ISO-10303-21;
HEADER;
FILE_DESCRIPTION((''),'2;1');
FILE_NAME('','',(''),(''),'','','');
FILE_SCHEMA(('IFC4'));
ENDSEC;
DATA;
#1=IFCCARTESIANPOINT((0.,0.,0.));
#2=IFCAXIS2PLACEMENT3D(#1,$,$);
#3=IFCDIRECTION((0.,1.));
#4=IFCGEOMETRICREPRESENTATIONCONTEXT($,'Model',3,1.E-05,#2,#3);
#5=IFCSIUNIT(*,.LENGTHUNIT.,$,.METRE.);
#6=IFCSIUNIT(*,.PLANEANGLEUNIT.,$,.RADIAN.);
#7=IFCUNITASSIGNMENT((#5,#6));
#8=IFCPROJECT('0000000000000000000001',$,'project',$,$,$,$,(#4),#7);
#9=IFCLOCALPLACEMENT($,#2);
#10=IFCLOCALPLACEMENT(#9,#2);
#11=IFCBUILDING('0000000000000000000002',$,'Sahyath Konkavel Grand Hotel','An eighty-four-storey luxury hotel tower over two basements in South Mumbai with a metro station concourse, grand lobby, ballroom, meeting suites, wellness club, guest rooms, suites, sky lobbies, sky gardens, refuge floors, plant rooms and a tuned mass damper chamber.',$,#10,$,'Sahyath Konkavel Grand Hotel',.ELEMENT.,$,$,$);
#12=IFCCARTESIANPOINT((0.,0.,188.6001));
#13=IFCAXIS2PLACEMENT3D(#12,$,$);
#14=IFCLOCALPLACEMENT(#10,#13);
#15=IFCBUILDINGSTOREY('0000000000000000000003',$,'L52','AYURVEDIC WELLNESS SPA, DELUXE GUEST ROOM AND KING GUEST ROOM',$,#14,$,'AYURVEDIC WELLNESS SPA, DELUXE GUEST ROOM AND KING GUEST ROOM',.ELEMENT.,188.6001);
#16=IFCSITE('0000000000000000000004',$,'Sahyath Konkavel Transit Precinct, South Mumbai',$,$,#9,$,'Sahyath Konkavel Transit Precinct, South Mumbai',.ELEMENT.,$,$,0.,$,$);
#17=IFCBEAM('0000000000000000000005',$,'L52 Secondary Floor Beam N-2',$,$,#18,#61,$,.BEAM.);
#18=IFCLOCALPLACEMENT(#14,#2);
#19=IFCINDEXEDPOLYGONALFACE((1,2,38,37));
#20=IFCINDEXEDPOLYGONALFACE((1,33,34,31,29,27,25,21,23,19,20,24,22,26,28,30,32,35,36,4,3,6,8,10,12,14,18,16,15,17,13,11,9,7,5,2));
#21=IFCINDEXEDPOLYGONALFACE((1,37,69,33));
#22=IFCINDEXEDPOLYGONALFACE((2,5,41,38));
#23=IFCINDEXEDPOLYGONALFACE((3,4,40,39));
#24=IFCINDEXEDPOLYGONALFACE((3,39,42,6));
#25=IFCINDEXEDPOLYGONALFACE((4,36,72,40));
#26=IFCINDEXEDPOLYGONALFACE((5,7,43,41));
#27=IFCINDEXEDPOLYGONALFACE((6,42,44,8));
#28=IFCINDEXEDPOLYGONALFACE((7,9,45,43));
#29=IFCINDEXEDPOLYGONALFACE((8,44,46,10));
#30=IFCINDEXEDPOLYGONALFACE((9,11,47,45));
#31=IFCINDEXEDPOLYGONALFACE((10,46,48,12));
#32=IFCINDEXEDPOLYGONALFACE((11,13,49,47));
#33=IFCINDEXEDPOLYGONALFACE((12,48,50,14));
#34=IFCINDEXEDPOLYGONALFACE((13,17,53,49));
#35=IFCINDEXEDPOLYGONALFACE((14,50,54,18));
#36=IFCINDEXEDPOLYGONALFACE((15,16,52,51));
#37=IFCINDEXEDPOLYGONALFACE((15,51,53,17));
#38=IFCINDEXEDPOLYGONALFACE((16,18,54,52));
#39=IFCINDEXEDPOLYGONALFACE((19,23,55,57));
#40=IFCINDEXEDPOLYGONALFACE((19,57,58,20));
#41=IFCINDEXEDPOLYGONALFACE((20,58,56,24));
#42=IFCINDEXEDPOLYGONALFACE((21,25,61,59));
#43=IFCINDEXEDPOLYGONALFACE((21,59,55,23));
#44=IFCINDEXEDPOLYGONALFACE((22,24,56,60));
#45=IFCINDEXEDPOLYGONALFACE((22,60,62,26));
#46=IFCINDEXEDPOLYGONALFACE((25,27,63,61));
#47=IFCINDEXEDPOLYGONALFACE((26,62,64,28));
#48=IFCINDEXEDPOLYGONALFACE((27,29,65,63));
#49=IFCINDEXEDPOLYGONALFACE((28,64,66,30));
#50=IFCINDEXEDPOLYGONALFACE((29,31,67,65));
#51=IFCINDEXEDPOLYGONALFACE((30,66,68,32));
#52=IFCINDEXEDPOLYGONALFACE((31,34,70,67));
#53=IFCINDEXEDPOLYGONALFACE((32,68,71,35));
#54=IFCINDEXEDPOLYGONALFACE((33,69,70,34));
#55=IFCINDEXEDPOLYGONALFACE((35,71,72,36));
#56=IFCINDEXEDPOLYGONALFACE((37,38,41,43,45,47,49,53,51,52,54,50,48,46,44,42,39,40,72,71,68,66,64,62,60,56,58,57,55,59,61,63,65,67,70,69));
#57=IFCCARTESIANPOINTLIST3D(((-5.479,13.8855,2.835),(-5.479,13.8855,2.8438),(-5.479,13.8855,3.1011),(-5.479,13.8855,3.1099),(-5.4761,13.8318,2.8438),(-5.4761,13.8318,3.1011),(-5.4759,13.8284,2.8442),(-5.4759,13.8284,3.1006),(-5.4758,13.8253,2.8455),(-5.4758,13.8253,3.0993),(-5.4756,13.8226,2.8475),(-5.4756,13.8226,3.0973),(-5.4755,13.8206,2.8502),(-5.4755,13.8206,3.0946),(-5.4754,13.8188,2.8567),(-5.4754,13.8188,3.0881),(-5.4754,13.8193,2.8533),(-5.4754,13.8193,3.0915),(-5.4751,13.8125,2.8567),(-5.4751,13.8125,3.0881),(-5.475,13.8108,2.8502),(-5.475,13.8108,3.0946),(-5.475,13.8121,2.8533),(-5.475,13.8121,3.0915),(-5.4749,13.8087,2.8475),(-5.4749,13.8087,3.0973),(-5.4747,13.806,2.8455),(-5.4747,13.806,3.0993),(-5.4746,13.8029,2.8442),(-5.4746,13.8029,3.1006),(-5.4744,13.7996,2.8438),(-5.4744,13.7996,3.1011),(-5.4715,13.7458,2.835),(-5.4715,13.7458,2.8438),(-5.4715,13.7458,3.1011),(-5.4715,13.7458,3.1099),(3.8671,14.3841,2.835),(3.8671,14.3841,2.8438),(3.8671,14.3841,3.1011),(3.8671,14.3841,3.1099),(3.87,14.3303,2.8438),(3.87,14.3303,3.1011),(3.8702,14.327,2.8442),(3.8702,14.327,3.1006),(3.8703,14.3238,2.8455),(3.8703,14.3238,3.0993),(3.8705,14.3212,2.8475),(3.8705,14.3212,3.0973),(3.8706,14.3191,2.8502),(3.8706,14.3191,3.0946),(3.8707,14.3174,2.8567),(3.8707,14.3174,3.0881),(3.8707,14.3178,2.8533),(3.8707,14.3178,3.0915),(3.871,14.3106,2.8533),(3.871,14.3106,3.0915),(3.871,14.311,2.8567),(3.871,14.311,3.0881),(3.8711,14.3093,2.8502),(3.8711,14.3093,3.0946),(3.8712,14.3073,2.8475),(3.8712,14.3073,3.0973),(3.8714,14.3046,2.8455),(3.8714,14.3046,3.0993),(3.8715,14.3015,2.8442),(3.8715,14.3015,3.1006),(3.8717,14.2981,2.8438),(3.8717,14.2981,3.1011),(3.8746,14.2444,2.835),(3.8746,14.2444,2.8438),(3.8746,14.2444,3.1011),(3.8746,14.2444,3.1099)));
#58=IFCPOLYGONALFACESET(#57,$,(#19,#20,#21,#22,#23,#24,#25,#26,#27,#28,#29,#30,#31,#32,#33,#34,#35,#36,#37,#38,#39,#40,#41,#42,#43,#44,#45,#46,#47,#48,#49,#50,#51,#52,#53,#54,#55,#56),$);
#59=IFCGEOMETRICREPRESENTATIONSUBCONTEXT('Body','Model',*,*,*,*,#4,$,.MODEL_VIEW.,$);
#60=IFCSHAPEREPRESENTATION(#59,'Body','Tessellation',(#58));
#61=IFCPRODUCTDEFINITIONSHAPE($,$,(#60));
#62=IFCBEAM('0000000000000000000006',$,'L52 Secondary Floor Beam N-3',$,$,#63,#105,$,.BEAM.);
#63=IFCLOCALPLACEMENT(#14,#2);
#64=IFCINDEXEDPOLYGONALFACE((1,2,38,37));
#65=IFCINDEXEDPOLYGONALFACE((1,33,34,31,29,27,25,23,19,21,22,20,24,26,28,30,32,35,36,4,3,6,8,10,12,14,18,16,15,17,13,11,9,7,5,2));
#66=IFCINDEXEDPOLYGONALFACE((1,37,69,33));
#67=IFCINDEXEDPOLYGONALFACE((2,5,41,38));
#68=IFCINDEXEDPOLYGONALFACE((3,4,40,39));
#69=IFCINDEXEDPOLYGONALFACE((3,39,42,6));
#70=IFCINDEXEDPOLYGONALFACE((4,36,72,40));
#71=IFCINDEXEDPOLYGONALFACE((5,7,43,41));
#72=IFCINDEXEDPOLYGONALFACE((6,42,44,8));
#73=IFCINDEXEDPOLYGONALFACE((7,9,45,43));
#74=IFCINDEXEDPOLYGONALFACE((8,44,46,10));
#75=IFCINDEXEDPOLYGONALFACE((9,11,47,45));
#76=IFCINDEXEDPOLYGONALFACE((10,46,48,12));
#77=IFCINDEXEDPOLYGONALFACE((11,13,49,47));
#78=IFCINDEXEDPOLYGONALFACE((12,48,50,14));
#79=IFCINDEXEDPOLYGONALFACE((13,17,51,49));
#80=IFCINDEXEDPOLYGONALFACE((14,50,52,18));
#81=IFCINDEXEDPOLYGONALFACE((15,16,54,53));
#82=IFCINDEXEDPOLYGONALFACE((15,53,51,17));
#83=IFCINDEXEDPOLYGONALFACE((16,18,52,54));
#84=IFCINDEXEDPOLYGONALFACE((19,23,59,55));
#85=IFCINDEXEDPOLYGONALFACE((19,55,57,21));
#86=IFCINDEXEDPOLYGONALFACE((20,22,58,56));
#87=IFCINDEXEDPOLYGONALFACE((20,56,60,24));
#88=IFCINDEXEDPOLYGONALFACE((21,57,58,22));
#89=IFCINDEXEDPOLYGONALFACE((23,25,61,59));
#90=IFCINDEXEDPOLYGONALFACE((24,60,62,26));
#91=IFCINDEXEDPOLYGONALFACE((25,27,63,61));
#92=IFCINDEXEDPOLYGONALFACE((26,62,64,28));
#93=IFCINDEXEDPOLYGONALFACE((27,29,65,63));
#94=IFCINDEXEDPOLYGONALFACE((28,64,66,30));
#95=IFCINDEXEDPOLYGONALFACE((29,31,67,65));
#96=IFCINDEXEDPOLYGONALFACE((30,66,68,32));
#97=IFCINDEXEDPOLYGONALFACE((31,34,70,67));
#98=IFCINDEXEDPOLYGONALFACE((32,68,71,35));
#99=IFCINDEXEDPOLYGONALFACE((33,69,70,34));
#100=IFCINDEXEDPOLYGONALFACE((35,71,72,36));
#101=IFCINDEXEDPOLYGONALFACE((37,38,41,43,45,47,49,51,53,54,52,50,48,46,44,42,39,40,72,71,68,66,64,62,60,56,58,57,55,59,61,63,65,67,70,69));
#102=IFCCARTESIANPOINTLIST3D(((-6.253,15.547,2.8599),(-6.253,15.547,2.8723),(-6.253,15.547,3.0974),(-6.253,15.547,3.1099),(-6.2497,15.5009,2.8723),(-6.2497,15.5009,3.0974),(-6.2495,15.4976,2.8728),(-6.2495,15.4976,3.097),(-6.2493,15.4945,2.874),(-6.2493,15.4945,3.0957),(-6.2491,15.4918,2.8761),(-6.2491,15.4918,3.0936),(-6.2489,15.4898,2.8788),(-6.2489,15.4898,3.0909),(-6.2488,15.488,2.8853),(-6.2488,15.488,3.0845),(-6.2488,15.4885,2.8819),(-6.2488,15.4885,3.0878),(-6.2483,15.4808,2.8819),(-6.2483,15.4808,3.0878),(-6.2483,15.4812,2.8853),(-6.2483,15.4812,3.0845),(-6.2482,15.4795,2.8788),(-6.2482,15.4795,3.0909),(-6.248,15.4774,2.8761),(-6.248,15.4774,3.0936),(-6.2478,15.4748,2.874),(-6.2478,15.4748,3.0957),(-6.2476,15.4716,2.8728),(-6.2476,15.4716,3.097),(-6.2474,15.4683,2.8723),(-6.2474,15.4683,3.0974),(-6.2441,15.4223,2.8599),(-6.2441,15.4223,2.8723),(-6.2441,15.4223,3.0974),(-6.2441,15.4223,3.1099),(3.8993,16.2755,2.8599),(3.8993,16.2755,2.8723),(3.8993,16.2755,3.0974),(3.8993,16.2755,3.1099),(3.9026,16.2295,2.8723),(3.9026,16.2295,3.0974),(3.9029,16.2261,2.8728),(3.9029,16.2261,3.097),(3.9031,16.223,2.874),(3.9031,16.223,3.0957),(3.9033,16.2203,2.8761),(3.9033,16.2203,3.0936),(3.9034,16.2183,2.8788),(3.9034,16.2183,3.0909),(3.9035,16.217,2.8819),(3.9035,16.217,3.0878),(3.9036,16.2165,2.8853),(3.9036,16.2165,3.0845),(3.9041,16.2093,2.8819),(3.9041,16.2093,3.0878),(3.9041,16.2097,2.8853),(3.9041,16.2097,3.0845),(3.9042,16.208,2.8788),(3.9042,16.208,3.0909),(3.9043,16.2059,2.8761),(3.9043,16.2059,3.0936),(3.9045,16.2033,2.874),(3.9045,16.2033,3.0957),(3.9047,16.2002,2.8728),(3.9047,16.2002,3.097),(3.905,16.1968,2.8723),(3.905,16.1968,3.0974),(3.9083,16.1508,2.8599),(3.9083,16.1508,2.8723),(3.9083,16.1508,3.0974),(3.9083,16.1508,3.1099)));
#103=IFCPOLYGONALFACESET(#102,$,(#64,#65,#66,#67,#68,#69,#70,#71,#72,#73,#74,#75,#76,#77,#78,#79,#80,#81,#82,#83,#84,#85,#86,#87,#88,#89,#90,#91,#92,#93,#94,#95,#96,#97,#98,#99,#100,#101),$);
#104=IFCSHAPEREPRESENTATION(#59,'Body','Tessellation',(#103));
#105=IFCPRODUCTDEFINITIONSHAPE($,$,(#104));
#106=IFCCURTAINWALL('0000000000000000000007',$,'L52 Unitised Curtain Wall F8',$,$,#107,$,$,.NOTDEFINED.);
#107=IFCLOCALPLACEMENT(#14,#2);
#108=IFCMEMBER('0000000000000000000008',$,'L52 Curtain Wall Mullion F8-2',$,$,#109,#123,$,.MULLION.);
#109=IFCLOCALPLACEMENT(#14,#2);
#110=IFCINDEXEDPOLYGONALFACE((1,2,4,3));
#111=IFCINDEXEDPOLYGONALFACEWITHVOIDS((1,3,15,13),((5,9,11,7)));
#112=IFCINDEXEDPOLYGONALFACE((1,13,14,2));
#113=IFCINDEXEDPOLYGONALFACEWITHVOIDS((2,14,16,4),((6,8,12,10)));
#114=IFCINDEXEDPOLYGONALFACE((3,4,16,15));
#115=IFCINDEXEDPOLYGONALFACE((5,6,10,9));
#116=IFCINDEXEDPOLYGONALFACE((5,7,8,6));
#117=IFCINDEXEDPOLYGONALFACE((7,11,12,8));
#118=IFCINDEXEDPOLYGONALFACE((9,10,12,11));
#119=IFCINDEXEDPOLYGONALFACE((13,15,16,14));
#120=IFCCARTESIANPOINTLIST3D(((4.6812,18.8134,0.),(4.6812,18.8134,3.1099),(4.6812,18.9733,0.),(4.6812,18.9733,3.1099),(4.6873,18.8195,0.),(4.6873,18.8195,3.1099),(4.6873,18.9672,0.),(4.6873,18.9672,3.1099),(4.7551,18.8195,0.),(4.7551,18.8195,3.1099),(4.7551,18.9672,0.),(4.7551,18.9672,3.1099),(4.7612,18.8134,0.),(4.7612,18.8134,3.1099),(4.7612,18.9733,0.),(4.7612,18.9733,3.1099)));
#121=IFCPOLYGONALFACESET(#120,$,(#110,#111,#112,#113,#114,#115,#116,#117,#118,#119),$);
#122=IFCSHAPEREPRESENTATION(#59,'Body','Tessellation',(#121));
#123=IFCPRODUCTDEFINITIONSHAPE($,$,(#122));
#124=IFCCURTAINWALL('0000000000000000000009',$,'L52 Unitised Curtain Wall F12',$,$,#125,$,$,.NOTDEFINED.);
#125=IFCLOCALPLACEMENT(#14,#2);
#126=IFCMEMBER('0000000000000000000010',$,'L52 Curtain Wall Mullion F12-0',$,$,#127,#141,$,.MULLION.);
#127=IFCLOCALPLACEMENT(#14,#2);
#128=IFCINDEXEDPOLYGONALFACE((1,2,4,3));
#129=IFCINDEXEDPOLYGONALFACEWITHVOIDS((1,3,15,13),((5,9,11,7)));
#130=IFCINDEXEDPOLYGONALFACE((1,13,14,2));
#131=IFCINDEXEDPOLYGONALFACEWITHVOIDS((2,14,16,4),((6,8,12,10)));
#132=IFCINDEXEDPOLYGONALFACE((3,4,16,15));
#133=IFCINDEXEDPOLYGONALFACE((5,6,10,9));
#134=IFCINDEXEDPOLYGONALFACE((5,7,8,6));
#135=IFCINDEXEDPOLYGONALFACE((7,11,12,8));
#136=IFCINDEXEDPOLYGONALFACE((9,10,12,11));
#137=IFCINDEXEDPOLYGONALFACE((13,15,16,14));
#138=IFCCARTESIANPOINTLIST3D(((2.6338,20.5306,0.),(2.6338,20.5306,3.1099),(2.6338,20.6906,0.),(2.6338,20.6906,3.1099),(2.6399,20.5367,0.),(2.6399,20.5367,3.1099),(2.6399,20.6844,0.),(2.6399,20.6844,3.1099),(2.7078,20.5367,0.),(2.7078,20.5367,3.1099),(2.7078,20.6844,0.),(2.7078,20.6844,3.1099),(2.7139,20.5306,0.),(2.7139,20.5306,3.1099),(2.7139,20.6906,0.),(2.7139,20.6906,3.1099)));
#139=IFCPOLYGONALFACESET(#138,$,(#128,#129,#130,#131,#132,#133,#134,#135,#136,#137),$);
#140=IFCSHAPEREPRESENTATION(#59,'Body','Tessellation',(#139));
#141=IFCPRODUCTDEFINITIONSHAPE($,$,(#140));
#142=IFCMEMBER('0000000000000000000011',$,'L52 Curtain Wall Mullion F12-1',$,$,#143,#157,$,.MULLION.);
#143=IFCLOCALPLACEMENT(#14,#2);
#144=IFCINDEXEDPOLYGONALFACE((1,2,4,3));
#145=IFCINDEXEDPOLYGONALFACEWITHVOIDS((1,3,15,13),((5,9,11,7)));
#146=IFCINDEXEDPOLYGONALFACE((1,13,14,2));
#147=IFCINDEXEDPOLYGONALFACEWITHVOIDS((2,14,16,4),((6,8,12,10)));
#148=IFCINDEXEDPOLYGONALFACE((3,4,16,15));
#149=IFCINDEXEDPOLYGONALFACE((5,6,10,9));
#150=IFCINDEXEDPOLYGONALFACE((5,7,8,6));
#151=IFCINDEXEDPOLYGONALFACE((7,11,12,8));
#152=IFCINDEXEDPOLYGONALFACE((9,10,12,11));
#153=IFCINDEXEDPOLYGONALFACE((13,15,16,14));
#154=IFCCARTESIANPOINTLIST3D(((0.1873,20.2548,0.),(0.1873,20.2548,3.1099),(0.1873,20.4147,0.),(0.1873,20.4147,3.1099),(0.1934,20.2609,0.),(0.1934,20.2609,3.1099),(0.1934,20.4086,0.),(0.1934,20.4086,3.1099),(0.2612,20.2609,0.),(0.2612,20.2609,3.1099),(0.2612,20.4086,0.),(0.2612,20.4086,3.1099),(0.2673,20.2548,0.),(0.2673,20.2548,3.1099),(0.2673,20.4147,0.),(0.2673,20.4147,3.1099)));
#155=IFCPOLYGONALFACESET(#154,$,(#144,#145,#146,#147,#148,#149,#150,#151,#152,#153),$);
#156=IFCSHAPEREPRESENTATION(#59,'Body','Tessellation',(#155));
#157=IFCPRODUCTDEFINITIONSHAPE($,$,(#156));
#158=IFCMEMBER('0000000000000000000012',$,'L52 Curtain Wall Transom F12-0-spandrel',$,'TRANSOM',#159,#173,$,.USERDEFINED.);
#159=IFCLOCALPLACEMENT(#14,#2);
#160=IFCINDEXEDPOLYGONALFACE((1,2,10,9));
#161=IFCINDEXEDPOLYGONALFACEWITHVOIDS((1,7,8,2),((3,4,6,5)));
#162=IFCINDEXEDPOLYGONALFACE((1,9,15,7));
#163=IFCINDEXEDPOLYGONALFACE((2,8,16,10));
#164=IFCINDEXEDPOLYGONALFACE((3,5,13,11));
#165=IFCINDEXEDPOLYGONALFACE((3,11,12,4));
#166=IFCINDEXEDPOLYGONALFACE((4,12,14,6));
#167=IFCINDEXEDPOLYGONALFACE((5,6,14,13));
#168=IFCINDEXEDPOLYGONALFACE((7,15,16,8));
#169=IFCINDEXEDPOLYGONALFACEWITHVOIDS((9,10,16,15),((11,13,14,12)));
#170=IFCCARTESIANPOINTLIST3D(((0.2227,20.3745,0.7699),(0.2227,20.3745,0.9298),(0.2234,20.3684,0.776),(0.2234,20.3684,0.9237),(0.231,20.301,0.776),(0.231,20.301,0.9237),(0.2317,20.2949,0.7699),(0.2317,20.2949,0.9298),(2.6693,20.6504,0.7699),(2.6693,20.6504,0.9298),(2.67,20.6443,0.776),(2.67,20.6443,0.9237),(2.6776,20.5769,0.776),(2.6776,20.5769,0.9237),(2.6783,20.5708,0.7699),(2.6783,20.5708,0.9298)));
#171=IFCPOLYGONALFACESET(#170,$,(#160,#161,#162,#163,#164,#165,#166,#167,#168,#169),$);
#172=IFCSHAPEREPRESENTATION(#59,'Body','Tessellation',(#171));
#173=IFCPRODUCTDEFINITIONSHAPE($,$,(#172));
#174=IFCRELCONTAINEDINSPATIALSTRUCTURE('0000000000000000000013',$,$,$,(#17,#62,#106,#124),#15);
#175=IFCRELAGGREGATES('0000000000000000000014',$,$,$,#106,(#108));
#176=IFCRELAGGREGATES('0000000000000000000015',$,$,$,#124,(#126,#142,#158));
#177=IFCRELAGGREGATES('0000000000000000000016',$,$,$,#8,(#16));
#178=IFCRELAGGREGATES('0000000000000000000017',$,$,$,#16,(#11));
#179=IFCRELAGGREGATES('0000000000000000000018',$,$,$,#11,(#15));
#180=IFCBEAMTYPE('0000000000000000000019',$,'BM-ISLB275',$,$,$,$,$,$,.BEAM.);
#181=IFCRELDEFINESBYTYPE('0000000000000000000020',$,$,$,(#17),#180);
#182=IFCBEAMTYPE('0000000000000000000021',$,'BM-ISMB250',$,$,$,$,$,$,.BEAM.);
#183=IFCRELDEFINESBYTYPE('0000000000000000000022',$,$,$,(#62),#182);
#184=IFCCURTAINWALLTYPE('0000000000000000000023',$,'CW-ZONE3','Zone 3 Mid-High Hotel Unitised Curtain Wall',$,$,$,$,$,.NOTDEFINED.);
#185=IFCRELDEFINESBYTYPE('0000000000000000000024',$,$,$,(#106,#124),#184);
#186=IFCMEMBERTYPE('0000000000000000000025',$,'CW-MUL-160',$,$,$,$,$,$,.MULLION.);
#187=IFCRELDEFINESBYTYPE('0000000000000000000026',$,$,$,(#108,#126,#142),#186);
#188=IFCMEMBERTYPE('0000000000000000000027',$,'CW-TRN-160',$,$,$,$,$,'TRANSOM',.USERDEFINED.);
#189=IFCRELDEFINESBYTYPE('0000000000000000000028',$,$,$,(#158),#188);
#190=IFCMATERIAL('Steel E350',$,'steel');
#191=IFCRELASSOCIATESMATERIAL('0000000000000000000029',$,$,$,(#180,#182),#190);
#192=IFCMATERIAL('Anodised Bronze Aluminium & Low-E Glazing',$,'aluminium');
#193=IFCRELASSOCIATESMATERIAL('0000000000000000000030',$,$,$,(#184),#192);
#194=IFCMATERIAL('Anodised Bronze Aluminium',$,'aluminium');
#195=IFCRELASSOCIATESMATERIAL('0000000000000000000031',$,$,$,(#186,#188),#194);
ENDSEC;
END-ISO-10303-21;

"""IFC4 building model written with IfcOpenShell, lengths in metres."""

from ifc_helpers import new_model, si_unit, direction, frame, origin, origin_2d, place, context, subcontext, project, spatial, hollow_rectangle, i_section, extrude, source, transform, mapped, material, material_profile, profile_set, type_object, element, aggregate, save


model = new_model("IFC4")

# Units and contexts
model_context = context("Model", 3, precision=1e-05, world=origin(), true_north=direction((0.0, 1.0)))
body_context = subcontext(model_context, "Body", "Model", "MODEL_VIEW")
ifc_project = project(units=[si_unit("LENGTHUNIT", "METRE"), si_unit("PLANEANGLEUNIT", "RADIAN")], contexts=[model_context])

# Site, building, storey
site_placement = place(None, origin())
site = spatial("IfcSite", under=ifc_project, at=site_placement, Name="Sahyath Konkavel Transit Precinct, South Mumbai", LongName="Sahyath Konkavel Transit Precinct, South Mumbai", CompositionType="ELEMENT", RefElevation=0.0)
building_placement = place(site_placement, origin())
building = spatial("IfcBuilding", under=site, at=building_placement, Name="Sahyath Konkavel Grand Hotel", Description="An eighty-four-storey luxury hotel tower over two basements in South Mumbai with a metro station concourse, grand lobby, ballroom, meeting suites, wellness club, guest rooms, suites, sky lobbies, sky gardens, refuge floors, plant rooms and a tuned mass damper chamber.", LongName="Sahyath Konkavel Grand Hotel", CompositionType="ELEMENT")
storey_placement = place(building_placement, frame((0.0, 0.0, 188.6001)))
storey = spatial("IfcBuildingStorey", under=building, at=storey_placement, Name="L52", Description="AYURVEDIC WELLNESS SPA, DELUXE GUEST ROOM AND KING GUEST ROOM", LongName="AYURVEDIC WELLNESS SPA, DELUXE GUEST ROOM AND KING GUEST ROOM", CompositionType="ELEMENT", Elevation=188.6001)

# Beams
ifc_material_1 = material(Name="Steel E350", Category="steel")
ifc_material_profile_1 = material_profile(ifc_material_1, i_section(OverallWidth=0.1399, OverallDepth=0.2749, WebThickness=0.0063, FlangeThickness=0.0088, FilletRadius=0.0129, at=origin_2d()), Name="ISLB 275")
ifc_profile_set_1 = profile_set([ifc_material_profile_1], Name="Steel E350")
beam_type_1 = type_object("IfcBeamType", Name="BM-ISLB275", PredefinedType="BEAM", material=ifc_profile_set_1)
shared_shape_1 = source(origin(), body_context, "Body", "SweptSolid", [
    extrude(i_section(OverallWidth=0.1399, OverallDepth=0.2749, WebThickness=0.0063, FlangeThickness=0.0088, FilletRadius=0.0129, at=origin_2d()), origin(), (0.0, 0.0, 1.0), 9.3594),
])
beam_1_placement = place(storey_placement, frame((3.8708, 14.3142, 2.9724), z_axis=(-0.99858, -0.053265, 0.0), x_axis=(0.053265, -0.99858, 0.0)))
element("IfcBeam", 1, at=beam_1_placement, inside=storey, type_object=beam_type_1, Name="L52 Secondary Floor Beam N-2", PredefinedType="BEAM", context=body_context, shape_type="MappedRepresentation", body=[
    mapped(shared_shape_1, transform((0.0, 0.0, 0.0), scale=1.0)),
])
ifc_material_profile_2 = material_profile(ifc_material_1, i_section(OverallWidth=0.125, OverallDepth=0.25, WebThickness=0.0068, FlangeThickness=0.0125, FilletRadius=0.0129, at=origin_2d()), Name="ISMB 250")
ifc_profile_set_2 = profile_set([ifc_material_profile_2], Name="Steel E350")
beam_type_2 = type_object("IfcBeamType", Name="BM-ISMB250", PredefinedType="BEAM", material=ifc_profile_set_2)
shared_shape_2 = source(origin(), body_context, "Body", "SweptSolid", [
    extrude(i_section(OverallWidth=0.125, OverallDepth=0.25, WebThickness=0.0068, FlangeThickness=0.0125, FilletRadius=0.0129, at=origin_2d()), origin(), (0.0, 0.0, 1.0), 10.1785),
])
beam_2_placement = place(storey_placement, frame((3.9038, 16.2131, 2.9849), z_axis=(-0.997435, -0.071574, 0.0), x_axis=(0.071574, -0.997435, 0.0)))
element("IfcBeam", 2, at=beam_2_placement, inside=storey, type_object=beam_type_2, Name="L52 Secondary Floor Beam N-3", PredefinedType="BEAM", context=body_context, shape_type="MappedRepresentation", body=[
    mapped(shared_shape_2, transform((0.0, 0.0, 0.0), scale=1.0)),
])

# Curtain wall, member
ifc_material_2 = material(Name="Anodised Bronze Aluminium & Low-E Glazing", Category="aluminium")
curtain_wall_type = type_object("IfcCurtainWallType", Name="CW-ZONE3", Description="Zone 3 Mid-High Hotel Unitised Curtain Wall", PredefinedType="NOTDEFINED", material=ifc_material_2)
curtain_wall_1_placement = place(storey_placement, origin())
curtain_wall_1 = element("IfcCurtainWall", 3, at=curtain_wall_1_placement, inside=storey, type_object=curtain_wall_type, Name="L52 Unitised Curtain Wall F8", PredefinedType="NOTDEFINED")
ifc_material_3 = material(Name="Anodised Bronze Aluminium", Category="aluminium")
ifc_material_profile_3 = material_profile(ifc_material_3, hollow_rectangle(XDim=0.0801, YDim=0.1599, WallThickness=0.0061, at=origin_2d()), Name="RHS 160x80x6")
ifc_profile_set_3 = profile_set([ifc_material_profile_3], Name="Anodised Bronze Aluminium")
member_type_1 = type_object("IfcMemberType", Name="CW-MUL-160", PredefinedType="MULLION", material=ifc_profile_set_3)
shared_shape_3 = source(origin(), body_context, "Body", "SweptSolid", [
    extrude(hollow_rectangle(XDim=0.0801, YDim=0.1599, WallThickness=0.0061, at=origin_2d()), origin(), (0.0, 0.0, 1.0), 3.1099),
])
member_1_placement = place(storey_placement, frame((4.7212, 18.8933, 0.0), z_axis=(0.0, 0.0, 1.0), x_axis=(1.0, 0.0, 0.0)))
member_1 = element("IfcMember", 4, at=member_1_placement, type_object=member_type_1, Name="L52 Curtain Wall Mullion F8-2", PredefinedType="MULLION", context=body_context, shape_type="MappedRepresentation", body=[
    mapped(shared_shape_3, transform((0.0, 0.0, 0.0), scale=1.0)),
])
aggregate(curtain_wall_1, [member_1])

# Curtain wall, members
curtain_wall_2_placement = place(storey_placement, origin())
curtain_wall_2 = element("IfcCurtainWall", 5, at=curtain_wall_2_placement, inside=storey, type_object=curtain_wall_type, Name="L52 Unitised Curtain Wall F12", PredefinedType="NOTDEFINED")
member_2_placement = place(storey_placement, frame((2.6738, 20.6106, 0.0), z_axis=(0.0, 0.0, 1.0), x_axis=(1.0, 0.0, 0.0)))
member_2 = element("IfcMember", 6, at=member_2_placement, type_object=member_type_1, Name="L52 Curtain Wall Mullion F12-0", PredefinedType="MULLION", context=body_context, shape_type="MappedRepresentation", body=[
    mapped(shared_shape_3, transform((0.0, 0.0, 0.0), scale=1.0)),
])
member_3_placement = place(storey_placement, frame((0.2273, 20.3347, 0.0), z_axis=(0.0, 0.0, 1.0), x_axis=(1.0, 0.0, 0.0)))
member_3 = element("IfcMember", 7, at=member_3_placement, type_object=member_type_1, Name="L52 Curtain Wall Mullion F12-1", PredefinedType="MULLION", context=body_context, shape_type="MappedRepresentation", body=[
    mapped(shared_shape_3, transform((0.0, 0.0, 0.0), scale=1.0)),
])
ifc_material_profile_4 = material_profile(ifc_material_3, hollow_rectangle(XDim=0.0801, YDim=0.1599, WallThickness=0.0061, at=origin_2d()), Name="RHS 160x80x6")
ifc_profile_set_4 = profile_set([ifc_material_profile_4], Name="Anodised Bronze Aluminium")
member_type_2 = type_object("IfcMemberType", Name="CW-TRN-160", ElementType="TRANSOM", PredefinedType="USERDEFINED", material=ifc_profile_set_4)
shared_shape_4 = source(origin(), body_context, "Body", "SweptSolid", [
    extrude(hollow_rectangle(XDim=0.0801, YDim=0.1599, WallThickness=0.0061, at=origin_2d()), origin(), (0.0, 0.0, 1.0), 2.4622),
])
member_4_placement = place(storey_placement, frame((2.6738, 20.6106, 0.8499), z_axis=(-0.993702, -0.112053, 0.0), x_axis=(0.112053, -0.993702, 0.0)))
member_4 = element("IfcMember", 8, at=member_4_placement, type_object=member_type_2, Name="L52 Curtain Wall Transom F12-0-spandrel", ObjectType="TRANSOM", PredefinedType="USERDEFINED", context=body_context, shape_type="MappedRepresentation", body=[
    mapped(shared_shape_4, transform((0.0, 0.0, 0.0), scale=1.0)),
])
aggregate(curtain_wall_2, [member_2, member_3, member_4])

save(model, "model.ifc")
